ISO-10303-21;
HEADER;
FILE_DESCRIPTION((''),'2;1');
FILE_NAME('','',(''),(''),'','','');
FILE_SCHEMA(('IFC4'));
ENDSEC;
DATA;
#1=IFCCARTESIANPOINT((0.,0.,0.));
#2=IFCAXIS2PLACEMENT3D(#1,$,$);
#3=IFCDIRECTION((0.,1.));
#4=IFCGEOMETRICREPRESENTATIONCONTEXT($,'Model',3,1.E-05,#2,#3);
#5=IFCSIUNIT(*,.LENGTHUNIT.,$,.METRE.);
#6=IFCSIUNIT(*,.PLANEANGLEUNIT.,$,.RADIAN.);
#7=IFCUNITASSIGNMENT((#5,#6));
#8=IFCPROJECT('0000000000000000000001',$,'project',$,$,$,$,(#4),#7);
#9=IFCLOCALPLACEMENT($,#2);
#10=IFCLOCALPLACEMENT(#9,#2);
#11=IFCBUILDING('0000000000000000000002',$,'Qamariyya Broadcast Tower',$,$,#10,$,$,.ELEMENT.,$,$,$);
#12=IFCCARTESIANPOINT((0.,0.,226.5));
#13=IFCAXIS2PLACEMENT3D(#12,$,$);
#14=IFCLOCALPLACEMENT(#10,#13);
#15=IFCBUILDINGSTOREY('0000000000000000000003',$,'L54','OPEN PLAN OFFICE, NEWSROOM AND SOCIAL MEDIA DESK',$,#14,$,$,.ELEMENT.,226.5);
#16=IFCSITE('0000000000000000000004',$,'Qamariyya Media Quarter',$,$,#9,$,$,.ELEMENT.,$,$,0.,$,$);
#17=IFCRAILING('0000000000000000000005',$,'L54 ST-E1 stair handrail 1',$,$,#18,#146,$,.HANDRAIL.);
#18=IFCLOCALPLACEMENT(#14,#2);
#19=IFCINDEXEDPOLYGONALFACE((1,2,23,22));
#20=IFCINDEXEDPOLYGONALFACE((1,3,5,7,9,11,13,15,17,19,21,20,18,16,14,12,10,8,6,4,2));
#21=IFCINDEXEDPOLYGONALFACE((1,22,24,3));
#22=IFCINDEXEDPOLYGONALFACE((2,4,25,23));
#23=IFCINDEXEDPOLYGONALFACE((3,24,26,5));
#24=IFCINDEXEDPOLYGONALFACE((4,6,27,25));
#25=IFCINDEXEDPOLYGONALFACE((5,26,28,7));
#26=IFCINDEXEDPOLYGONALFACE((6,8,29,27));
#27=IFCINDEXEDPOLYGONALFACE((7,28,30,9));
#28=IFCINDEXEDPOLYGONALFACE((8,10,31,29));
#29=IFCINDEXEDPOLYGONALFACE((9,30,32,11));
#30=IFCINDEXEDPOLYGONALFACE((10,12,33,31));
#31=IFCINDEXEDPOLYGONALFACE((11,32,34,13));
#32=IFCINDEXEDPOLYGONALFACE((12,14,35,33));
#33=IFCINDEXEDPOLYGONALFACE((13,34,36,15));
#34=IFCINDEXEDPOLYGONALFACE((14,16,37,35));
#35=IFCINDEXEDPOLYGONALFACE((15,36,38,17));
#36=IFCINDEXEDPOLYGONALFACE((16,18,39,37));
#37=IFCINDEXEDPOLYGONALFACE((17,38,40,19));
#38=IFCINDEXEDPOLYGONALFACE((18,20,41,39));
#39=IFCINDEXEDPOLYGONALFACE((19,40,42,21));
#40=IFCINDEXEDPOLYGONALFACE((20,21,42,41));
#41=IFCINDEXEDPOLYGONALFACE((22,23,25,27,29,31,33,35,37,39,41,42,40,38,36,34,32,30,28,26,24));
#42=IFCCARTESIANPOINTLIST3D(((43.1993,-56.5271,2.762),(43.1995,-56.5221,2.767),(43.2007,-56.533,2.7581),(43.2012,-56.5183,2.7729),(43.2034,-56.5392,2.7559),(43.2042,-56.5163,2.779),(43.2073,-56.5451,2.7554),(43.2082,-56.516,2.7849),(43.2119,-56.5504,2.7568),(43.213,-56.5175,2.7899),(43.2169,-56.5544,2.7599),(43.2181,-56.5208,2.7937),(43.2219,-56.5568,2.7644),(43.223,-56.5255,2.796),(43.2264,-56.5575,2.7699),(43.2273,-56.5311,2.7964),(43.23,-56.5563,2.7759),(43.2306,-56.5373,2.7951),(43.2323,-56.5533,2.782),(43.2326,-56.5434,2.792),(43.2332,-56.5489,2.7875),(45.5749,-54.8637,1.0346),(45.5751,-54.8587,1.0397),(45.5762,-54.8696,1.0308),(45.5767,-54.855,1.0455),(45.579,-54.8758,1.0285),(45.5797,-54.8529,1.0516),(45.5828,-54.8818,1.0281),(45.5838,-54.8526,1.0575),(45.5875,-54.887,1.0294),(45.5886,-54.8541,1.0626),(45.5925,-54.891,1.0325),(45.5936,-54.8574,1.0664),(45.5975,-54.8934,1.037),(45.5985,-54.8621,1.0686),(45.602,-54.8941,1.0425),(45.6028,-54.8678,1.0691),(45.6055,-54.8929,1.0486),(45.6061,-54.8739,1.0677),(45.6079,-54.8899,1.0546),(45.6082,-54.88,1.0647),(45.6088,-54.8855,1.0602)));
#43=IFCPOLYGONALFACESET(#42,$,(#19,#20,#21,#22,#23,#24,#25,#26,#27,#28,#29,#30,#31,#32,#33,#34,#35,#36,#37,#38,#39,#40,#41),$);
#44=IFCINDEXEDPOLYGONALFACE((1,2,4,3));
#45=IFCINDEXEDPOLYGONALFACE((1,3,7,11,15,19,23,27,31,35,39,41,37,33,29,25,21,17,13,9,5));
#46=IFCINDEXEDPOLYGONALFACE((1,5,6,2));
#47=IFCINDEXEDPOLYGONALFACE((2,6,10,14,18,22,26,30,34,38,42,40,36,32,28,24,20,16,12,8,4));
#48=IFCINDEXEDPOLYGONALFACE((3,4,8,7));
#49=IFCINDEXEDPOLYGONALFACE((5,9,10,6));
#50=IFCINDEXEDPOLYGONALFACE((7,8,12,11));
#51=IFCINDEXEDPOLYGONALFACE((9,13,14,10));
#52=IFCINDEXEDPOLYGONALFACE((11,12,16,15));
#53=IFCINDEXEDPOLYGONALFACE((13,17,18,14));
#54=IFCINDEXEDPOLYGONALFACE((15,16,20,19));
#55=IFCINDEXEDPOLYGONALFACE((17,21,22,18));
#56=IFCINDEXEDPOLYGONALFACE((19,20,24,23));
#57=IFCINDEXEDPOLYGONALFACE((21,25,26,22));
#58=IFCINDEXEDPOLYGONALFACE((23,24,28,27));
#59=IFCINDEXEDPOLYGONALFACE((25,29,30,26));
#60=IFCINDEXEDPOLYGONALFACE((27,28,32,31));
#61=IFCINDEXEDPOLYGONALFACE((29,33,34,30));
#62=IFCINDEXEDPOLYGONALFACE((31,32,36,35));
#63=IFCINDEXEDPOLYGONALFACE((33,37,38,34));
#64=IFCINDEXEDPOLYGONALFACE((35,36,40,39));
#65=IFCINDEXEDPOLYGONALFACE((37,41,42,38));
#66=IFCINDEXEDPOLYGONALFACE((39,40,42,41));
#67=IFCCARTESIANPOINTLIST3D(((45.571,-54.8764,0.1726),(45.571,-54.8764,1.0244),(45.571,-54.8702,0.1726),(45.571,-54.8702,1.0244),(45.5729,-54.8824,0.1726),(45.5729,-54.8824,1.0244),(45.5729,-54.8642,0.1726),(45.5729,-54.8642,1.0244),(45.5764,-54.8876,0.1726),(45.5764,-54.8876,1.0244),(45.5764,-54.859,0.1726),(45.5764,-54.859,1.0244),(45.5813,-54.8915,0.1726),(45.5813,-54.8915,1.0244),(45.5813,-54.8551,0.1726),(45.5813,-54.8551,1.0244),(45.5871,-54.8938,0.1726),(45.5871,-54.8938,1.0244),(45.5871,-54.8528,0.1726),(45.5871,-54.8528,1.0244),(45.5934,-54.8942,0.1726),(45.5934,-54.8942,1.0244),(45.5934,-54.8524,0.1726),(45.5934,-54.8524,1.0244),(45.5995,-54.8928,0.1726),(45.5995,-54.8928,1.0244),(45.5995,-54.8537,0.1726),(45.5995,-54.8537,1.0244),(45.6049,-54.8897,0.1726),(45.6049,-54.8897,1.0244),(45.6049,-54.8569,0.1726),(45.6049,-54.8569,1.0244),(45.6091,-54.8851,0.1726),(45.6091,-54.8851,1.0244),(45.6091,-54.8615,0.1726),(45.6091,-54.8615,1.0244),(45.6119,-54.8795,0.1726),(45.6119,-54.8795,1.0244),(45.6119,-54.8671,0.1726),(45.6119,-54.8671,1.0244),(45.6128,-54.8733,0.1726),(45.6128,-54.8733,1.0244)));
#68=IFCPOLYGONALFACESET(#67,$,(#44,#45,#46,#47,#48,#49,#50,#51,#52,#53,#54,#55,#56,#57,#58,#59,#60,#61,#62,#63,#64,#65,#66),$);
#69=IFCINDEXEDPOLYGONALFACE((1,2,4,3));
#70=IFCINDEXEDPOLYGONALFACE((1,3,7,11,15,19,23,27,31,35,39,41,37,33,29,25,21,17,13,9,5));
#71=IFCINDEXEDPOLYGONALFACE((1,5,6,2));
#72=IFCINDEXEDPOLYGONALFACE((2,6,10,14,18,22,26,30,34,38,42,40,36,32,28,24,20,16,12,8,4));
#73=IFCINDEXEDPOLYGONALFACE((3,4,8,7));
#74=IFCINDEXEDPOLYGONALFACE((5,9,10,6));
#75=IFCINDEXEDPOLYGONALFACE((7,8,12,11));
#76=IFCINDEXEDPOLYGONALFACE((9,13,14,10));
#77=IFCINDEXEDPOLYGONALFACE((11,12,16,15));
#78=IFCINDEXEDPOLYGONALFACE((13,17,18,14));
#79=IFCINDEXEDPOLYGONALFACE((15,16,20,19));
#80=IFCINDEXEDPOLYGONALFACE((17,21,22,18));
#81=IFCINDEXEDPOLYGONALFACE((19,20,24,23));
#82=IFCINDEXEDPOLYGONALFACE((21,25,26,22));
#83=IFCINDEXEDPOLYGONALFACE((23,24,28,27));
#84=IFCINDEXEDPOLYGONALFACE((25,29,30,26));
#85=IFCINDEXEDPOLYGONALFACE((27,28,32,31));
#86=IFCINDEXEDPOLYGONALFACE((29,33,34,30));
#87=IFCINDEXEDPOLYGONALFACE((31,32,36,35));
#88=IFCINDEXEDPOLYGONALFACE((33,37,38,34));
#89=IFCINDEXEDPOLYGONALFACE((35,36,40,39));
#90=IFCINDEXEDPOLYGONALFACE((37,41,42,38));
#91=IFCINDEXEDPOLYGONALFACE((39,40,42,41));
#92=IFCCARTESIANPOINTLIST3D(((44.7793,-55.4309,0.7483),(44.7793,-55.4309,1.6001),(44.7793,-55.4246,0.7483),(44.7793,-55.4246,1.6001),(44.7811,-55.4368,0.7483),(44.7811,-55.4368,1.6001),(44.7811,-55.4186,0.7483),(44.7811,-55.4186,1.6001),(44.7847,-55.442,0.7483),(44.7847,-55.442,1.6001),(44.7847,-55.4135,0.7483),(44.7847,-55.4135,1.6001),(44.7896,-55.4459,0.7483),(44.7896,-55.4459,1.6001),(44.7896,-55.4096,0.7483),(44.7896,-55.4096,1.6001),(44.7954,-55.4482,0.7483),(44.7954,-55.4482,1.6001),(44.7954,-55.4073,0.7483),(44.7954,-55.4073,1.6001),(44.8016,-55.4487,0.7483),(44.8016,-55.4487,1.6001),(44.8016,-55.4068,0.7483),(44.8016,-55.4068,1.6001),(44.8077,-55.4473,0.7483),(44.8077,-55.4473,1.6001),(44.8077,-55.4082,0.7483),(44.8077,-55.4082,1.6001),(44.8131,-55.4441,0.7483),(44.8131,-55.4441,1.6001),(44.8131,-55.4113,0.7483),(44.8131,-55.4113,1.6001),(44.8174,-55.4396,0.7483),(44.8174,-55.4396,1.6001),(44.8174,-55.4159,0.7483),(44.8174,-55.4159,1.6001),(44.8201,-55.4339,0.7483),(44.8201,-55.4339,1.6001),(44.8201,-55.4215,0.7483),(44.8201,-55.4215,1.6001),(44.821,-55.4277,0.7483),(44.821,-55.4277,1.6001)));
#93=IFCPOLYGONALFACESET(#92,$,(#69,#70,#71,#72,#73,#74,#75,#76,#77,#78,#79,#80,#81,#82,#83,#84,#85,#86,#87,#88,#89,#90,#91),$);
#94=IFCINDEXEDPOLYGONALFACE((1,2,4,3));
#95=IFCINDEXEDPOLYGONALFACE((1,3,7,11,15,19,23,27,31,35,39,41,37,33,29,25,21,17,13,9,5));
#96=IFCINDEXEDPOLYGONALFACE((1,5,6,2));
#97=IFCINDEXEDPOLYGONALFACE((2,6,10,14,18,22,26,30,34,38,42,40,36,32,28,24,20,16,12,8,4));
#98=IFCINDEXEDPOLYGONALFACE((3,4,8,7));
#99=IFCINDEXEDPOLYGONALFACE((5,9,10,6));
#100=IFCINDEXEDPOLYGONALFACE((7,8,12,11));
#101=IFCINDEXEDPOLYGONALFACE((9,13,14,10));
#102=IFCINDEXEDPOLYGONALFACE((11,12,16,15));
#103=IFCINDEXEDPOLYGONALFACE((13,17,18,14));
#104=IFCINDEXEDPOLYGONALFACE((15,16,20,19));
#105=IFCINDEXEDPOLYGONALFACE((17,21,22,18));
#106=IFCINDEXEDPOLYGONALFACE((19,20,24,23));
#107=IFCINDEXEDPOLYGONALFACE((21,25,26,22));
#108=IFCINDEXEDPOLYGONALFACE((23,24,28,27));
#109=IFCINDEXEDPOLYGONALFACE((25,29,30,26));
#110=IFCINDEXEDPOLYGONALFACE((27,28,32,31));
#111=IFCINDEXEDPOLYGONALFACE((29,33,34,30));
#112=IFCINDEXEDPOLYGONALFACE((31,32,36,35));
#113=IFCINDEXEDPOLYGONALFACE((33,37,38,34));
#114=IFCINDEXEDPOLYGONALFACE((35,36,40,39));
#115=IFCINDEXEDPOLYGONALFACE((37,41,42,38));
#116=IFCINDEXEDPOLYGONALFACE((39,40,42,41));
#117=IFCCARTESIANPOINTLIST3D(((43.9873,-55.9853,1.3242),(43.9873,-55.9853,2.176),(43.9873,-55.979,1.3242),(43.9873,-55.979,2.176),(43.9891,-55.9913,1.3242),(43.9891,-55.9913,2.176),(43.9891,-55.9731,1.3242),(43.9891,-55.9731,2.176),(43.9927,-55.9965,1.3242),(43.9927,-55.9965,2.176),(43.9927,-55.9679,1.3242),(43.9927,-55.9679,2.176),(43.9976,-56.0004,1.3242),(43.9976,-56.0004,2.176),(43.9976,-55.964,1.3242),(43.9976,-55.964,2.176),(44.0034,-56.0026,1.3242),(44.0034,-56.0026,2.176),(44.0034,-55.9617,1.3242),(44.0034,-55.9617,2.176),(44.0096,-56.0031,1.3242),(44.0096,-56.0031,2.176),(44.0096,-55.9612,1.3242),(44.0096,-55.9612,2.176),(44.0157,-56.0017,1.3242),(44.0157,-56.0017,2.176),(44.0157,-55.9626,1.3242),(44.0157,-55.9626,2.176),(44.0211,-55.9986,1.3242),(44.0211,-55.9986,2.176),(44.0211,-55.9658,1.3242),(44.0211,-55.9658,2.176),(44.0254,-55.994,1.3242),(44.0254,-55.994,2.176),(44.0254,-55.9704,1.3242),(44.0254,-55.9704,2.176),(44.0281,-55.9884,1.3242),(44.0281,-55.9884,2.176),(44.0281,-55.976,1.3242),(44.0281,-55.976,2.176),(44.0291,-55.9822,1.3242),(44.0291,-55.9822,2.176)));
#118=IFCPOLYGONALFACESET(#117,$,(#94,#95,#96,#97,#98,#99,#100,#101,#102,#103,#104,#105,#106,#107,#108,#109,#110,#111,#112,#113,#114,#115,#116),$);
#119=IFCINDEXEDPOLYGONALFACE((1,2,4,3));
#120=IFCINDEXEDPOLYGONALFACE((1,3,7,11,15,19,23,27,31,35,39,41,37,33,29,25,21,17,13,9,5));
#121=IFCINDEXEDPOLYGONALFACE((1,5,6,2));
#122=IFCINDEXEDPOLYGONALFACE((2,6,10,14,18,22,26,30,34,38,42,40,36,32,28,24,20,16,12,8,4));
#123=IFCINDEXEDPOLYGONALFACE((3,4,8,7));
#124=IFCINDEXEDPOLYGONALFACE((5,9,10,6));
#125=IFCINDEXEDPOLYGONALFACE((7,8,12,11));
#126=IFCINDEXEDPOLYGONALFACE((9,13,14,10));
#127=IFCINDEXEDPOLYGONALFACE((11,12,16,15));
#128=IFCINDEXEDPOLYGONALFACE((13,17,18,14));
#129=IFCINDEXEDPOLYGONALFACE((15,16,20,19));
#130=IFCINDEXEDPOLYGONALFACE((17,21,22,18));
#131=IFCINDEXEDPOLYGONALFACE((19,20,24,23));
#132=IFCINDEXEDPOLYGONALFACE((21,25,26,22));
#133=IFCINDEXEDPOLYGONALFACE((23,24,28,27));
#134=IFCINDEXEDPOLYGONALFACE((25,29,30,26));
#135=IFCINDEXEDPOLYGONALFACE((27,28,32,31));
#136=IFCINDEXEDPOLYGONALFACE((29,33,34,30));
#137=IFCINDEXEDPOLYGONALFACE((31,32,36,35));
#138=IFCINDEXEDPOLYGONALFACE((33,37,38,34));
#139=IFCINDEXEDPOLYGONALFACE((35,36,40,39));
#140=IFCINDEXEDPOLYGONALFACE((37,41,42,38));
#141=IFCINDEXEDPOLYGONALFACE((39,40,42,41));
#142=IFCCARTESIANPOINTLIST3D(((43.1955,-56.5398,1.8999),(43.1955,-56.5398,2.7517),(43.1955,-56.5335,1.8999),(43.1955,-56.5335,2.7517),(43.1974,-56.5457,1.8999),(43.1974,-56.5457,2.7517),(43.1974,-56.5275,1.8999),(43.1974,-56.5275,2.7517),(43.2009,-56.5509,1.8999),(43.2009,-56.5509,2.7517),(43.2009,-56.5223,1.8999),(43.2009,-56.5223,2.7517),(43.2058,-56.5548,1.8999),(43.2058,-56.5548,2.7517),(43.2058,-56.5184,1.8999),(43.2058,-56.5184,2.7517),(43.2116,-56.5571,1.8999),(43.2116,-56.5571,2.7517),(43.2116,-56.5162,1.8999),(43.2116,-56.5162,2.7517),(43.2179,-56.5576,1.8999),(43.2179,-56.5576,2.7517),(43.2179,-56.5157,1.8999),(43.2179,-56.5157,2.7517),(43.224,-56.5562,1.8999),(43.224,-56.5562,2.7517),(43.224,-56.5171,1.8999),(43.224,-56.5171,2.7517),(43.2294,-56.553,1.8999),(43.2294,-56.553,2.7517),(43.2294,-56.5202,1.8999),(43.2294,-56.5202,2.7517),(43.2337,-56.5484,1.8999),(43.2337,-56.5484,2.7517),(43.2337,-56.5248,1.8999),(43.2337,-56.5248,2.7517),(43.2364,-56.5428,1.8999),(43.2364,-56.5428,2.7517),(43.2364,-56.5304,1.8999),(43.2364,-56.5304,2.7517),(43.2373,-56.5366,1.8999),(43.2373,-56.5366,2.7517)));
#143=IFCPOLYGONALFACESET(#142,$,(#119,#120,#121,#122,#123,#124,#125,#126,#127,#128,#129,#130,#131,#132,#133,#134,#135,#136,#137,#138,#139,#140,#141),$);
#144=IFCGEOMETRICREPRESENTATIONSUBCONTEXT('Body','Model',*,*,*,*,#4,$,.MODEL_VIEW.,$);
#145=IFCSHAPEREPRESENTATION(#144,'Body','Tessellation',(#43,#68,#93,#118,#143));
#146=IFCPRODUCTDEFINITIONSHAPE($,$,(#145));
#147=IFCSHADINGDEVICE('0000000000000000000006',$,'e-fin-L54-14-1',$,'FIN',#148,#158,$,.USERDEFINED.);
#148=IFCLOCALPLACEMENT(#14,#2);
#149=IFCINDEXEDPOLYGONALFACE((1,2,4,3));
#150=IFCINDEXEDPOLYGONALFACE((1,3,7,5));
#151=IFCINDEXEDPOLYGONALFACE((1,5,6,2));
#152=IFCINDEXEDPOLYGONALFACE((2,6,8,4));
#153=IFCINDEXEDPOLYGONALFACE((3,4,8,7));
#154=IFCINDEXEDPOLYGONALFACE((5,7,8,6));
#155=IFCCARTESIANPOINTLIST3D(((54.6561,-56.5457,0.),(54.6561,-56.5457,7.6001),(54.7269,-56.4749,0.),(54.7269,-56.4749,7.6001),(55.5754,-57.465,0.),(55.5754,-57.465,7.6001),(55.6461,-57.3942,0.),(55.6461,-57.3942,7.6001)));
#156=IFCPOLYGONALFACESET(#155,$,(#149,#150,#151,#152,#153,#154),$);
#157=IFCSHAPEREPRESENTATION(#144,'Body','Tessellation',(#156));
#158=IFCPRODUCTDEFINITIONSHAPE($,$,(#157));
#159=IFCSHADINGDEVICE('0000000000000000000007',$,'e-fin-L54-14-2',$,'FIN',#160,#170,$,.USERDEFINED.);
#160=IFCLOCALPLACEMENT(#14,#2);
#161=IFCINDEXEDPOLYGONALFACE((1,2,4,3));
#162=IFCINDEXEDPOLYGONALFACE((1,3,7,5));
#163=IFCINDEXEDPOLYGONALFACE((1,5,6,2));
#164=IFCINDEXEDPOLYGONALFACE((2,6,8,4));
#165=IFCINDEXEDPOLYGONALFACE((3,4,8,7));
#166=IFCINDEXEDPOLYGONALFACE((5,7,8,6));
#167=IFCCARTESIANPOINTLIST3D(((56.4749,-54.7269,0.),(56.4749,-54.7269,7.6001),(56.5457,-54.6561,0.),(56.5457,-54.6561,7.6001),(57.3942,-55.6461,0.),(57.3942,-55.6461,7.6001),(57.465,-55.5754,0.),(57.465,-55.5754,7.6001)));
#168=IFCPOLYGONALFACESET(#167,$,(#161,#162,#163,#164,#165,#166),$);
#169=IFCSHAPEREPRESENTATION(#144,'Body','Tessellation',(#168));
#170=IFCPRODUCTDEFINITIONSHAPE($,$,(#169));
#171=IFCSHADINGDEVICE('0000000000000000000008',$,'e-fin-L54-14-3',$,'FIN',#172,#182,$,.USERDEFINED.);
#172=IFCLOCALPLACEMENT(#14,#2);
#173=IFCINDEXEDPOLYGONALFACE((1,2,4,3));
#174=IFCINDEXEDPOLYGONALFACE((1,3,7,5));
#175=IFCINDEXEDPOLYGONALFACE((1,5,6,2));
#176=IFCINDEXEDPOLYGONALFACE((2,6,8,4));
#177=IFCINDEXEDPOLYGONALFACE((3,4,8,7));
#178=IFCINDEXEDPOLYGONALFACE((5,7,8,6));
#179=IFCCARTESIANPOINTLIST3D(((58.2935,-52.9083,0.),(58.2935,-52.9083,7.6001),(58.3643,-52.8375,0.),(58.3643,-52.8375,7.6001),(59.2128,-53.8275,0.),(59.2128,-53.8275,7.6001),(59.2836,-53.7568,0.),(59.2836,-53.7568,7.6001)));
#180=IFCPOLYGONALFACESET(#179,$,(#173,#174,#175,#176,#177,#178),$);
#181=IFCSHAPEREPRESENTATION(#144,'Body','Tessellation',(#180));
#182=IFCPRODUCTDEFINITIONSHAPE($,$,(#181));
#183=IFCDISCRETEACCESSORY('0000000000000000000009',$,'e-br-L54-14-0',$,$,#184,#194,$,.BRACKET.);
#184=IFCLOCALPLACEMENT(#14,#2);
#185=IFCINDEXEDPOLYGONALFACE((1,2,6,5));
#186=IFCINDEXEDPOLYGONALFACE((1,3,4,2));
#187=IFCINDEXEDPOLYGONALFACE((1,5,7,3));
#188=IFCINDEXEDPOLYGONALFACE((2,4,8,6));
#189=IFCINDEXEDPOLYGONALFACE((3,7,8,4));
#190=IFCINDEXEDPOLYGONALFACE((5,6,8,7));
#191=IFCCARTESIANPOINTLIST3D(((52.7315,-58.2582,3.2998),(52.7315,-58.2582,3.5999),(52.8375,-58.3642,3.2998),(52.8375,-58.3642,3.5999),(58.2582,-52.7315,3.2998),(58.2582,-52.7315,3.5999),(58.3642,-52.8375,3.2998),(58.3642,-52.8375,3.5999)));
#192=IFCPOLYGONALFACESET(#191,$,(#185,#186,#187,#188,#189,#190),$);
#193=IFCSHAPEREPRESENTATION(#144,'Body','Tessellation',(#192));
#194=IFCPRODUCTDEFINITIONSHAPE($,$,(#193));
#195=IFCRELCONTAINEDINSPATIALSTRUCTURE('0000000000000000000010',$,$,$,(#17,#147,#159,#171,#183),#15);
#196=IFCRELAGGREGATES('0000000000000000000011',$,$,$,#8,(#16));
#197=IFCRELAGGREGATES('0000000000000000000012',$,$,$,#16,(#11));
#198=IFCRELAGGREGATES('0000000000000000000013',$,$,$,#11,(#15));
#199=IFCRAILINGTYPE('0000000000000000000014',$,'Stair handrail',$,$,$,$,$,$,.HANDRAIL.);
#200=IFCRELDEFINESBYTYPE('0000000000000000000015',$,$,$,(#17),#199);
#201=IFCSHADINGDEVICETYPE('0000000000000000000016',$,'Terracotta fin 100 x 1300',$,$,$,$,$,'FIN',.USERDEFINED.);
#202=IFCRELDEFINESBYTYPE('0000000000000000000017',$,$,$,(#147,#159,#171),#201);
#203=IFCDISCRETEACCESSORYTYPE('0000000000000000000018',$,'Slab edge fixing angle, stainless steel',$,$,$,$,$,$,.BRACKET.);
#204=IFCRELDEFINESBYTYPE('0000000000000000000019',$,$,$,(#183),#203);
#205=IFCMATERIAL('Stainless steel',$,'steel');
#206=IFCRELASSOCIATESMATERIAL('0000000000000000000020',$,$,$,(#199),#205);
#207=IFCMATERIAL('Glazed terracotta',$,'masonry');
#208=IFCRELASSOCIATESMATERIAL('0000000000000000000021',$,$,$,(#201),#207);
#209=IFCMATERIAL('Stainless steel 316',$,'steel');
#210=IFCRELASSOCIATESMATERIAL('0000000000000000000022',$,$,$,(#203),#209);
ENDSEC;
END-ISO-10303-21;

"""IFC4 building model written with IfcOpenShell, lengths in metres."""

from ifc_helpers import new_model, si_unit, direction, frame, origin, origin_2d, place, context, subcontext, project, spatial, rectangle, circle, extrude, material, material_profile, profile_set, type_object, element, save


model = new_model("IFC4")

# Units and contexts
model_context = context("Model", 3, precision=1e-05, world=origin(), true_north=direction((0.0, 1.0)))
body_context = subcontext(model_context, "Body", "Model", "MODEL_VIEW")
ifc_project = project(units=[si_unit("LENGTHUNIT", "METRE"), si_unit("PLANEANGLEUNIT", "RADIAN")], contexts=[model_context])

# Site, building, storey
site_placement = place(None, origin())
site = spatial("IfcSite", under=ifc_project, at=site_placement, Name="Qamariyya Media Quarter", CompositionType="ELEMENT", RefElevation=0.0)
building_placement = place(site_placement, origin())
building = spatial("IfcBuilding", under=site, at=building_placement, Name="Qamariyya Broadcast Tower", CompositionType="ELEMENT")
storey_placement = place(building_placement, frame((0.0, 0.0, 226.5)))
storey = spatial("IfcBuildingStorey", under=building, at=storey_placement, Name="L54", Description="OPEN PLAN OFFICE, NEWSROOM AND SOCIAL MEDIA DESK", CompositionType="ELEMENT", Elevation=226.5)

# Railing
ifc_material_1 = material(Name="Stainless steel", Category="steel")
railing_type_1 = type_object("IfcRailingType", Name="Stair handrail", PredefinedType="HANDRAIL", material=ifc_material_1)
railing_1_placement = place(storey_placement, frame((45.5918, -54.8733, 0.1726)))
element("IfcRailing", 1, at=railing_1_placement, inside=storey, type_object=railing_type_1, Name="L54 ST-E1 stair handrail 1", PredefinedType="HANDRAIL", context=body_context, shape_type="SweptSolid", body=[
    extrude(circle(Radius=0.0239, at=origin_2d()), frame((0.0, 0.0, 0.876), z_axis=(-0.70377, -0.492784, 0.511734), x_axis=(0.573575, -0.819153, 0.0)), (0.0, 0.0, 1.0), 3.3755),
    extrude(circle(Radius=0.021, at=origin_2d()), origin(), (0.0, 0.0, 1.0), 0.8518),
    extrude(circle(Radius=0.021, at=origin_2d()), frame((-0.7917, -0.5544, 0.5757)), (0.0, 0.0, 1.0), 0.8518),
    extrude(circle(Radius=0.021, at=origin_2d()), frame((-1.5837, -1.1089, 1.1516)), (0.0, 0.0, 1.0), 0.8518),
    extrude(circle(Radius=0.021, at=origin_2d()), frame((-2.3755, -1.6633, 1.7273)), (0.0, 0.0, 1.0), 0.8518),
])

# Shading devices
ifc_material_2 = material(Name="Glazed terracotta", Category="masonry")
ifc_material_profile_1 = material_profile(ifc_material_2, rectangle(XDim=1.3, YDim=0.1001, at=origin_2d()))
ifc_profile_set_1 = profile_set([ifc_material_profile_1], Name="Glazed terracotta")
shading_device_type = type_object("IfcShadingDeviceType", Name="Terracotta fin 100 x 1300", ElementType="FIN", PredefinedType="USERDEFINED", material=ifc_profile_set_1)
for number, where, z_axis, x_axis, name in (
    (2, (55.1511, -56.97, 0.0), (0.0, 0.0, 1.0), (0.707107, -0.707107, 0.0), "e-fin-L54-14-1"),
    (3, (56.97, -55.1511, 0.0), (0.0, 0.0, 1.0), (0.707107, -0.707107, 0.0), "e-fin-L54-14-2"),
    (4, (58.7886, -53.3325, 0.0), (0.0, 0.0, 1.0), (0.707107, -0.707107, 0.0), "e-fin-L54-14-3"),
):
    element("IfcShadingDevice", number, at=place(storey_placement, frame(where, z_axis=z_axis, x_axis=x_axis)), inside=storey, type_object=shading_device_type, Name=name, ObjectType="FIN", PredefinedType="USERDEFINED", context=body_context, shape_type="SweptSolid", body=[
        extrude(rectangle(XDim=1.3, YDim=0.1001, at=origin_2d()), origin(), (0.0, 0.0, 1.0), 7.6001),
    ])

# Discrete accessory
ifc_material_3 = material(Name="Stainless steel 316", Category="steel")
discrete_accessory_type = type_object("IfcDiscreteAccessoryType", Name="Slab edge fixing angle, stainless steel", PredefinedType="BRACKET", material=ifc_material_3)
discrete_accessory_placement = place(storey_placement, frame((55.5479, -55.5479, 3.2998), z_axis=(0.0, 0.0, 1.0), x_axis=(0.707107, 0.707107, 0.0)))
element("IfcDiscreteAccessory", 5, at=discrete_accessory_placement, inside=storey, type_object=discrete_accessory_type, Name="e-br-L54-14-0", PredefinedType="BRACKET", context=body_context, shape_type="SweptSolid", body=[
    extrude(rectangle(XDim=7.8159, YDim=0.1499, at=origin_2d()), origin(), (0.0, 0.0, 1.0), 0.3),
])

save(model, "model.ifc")
